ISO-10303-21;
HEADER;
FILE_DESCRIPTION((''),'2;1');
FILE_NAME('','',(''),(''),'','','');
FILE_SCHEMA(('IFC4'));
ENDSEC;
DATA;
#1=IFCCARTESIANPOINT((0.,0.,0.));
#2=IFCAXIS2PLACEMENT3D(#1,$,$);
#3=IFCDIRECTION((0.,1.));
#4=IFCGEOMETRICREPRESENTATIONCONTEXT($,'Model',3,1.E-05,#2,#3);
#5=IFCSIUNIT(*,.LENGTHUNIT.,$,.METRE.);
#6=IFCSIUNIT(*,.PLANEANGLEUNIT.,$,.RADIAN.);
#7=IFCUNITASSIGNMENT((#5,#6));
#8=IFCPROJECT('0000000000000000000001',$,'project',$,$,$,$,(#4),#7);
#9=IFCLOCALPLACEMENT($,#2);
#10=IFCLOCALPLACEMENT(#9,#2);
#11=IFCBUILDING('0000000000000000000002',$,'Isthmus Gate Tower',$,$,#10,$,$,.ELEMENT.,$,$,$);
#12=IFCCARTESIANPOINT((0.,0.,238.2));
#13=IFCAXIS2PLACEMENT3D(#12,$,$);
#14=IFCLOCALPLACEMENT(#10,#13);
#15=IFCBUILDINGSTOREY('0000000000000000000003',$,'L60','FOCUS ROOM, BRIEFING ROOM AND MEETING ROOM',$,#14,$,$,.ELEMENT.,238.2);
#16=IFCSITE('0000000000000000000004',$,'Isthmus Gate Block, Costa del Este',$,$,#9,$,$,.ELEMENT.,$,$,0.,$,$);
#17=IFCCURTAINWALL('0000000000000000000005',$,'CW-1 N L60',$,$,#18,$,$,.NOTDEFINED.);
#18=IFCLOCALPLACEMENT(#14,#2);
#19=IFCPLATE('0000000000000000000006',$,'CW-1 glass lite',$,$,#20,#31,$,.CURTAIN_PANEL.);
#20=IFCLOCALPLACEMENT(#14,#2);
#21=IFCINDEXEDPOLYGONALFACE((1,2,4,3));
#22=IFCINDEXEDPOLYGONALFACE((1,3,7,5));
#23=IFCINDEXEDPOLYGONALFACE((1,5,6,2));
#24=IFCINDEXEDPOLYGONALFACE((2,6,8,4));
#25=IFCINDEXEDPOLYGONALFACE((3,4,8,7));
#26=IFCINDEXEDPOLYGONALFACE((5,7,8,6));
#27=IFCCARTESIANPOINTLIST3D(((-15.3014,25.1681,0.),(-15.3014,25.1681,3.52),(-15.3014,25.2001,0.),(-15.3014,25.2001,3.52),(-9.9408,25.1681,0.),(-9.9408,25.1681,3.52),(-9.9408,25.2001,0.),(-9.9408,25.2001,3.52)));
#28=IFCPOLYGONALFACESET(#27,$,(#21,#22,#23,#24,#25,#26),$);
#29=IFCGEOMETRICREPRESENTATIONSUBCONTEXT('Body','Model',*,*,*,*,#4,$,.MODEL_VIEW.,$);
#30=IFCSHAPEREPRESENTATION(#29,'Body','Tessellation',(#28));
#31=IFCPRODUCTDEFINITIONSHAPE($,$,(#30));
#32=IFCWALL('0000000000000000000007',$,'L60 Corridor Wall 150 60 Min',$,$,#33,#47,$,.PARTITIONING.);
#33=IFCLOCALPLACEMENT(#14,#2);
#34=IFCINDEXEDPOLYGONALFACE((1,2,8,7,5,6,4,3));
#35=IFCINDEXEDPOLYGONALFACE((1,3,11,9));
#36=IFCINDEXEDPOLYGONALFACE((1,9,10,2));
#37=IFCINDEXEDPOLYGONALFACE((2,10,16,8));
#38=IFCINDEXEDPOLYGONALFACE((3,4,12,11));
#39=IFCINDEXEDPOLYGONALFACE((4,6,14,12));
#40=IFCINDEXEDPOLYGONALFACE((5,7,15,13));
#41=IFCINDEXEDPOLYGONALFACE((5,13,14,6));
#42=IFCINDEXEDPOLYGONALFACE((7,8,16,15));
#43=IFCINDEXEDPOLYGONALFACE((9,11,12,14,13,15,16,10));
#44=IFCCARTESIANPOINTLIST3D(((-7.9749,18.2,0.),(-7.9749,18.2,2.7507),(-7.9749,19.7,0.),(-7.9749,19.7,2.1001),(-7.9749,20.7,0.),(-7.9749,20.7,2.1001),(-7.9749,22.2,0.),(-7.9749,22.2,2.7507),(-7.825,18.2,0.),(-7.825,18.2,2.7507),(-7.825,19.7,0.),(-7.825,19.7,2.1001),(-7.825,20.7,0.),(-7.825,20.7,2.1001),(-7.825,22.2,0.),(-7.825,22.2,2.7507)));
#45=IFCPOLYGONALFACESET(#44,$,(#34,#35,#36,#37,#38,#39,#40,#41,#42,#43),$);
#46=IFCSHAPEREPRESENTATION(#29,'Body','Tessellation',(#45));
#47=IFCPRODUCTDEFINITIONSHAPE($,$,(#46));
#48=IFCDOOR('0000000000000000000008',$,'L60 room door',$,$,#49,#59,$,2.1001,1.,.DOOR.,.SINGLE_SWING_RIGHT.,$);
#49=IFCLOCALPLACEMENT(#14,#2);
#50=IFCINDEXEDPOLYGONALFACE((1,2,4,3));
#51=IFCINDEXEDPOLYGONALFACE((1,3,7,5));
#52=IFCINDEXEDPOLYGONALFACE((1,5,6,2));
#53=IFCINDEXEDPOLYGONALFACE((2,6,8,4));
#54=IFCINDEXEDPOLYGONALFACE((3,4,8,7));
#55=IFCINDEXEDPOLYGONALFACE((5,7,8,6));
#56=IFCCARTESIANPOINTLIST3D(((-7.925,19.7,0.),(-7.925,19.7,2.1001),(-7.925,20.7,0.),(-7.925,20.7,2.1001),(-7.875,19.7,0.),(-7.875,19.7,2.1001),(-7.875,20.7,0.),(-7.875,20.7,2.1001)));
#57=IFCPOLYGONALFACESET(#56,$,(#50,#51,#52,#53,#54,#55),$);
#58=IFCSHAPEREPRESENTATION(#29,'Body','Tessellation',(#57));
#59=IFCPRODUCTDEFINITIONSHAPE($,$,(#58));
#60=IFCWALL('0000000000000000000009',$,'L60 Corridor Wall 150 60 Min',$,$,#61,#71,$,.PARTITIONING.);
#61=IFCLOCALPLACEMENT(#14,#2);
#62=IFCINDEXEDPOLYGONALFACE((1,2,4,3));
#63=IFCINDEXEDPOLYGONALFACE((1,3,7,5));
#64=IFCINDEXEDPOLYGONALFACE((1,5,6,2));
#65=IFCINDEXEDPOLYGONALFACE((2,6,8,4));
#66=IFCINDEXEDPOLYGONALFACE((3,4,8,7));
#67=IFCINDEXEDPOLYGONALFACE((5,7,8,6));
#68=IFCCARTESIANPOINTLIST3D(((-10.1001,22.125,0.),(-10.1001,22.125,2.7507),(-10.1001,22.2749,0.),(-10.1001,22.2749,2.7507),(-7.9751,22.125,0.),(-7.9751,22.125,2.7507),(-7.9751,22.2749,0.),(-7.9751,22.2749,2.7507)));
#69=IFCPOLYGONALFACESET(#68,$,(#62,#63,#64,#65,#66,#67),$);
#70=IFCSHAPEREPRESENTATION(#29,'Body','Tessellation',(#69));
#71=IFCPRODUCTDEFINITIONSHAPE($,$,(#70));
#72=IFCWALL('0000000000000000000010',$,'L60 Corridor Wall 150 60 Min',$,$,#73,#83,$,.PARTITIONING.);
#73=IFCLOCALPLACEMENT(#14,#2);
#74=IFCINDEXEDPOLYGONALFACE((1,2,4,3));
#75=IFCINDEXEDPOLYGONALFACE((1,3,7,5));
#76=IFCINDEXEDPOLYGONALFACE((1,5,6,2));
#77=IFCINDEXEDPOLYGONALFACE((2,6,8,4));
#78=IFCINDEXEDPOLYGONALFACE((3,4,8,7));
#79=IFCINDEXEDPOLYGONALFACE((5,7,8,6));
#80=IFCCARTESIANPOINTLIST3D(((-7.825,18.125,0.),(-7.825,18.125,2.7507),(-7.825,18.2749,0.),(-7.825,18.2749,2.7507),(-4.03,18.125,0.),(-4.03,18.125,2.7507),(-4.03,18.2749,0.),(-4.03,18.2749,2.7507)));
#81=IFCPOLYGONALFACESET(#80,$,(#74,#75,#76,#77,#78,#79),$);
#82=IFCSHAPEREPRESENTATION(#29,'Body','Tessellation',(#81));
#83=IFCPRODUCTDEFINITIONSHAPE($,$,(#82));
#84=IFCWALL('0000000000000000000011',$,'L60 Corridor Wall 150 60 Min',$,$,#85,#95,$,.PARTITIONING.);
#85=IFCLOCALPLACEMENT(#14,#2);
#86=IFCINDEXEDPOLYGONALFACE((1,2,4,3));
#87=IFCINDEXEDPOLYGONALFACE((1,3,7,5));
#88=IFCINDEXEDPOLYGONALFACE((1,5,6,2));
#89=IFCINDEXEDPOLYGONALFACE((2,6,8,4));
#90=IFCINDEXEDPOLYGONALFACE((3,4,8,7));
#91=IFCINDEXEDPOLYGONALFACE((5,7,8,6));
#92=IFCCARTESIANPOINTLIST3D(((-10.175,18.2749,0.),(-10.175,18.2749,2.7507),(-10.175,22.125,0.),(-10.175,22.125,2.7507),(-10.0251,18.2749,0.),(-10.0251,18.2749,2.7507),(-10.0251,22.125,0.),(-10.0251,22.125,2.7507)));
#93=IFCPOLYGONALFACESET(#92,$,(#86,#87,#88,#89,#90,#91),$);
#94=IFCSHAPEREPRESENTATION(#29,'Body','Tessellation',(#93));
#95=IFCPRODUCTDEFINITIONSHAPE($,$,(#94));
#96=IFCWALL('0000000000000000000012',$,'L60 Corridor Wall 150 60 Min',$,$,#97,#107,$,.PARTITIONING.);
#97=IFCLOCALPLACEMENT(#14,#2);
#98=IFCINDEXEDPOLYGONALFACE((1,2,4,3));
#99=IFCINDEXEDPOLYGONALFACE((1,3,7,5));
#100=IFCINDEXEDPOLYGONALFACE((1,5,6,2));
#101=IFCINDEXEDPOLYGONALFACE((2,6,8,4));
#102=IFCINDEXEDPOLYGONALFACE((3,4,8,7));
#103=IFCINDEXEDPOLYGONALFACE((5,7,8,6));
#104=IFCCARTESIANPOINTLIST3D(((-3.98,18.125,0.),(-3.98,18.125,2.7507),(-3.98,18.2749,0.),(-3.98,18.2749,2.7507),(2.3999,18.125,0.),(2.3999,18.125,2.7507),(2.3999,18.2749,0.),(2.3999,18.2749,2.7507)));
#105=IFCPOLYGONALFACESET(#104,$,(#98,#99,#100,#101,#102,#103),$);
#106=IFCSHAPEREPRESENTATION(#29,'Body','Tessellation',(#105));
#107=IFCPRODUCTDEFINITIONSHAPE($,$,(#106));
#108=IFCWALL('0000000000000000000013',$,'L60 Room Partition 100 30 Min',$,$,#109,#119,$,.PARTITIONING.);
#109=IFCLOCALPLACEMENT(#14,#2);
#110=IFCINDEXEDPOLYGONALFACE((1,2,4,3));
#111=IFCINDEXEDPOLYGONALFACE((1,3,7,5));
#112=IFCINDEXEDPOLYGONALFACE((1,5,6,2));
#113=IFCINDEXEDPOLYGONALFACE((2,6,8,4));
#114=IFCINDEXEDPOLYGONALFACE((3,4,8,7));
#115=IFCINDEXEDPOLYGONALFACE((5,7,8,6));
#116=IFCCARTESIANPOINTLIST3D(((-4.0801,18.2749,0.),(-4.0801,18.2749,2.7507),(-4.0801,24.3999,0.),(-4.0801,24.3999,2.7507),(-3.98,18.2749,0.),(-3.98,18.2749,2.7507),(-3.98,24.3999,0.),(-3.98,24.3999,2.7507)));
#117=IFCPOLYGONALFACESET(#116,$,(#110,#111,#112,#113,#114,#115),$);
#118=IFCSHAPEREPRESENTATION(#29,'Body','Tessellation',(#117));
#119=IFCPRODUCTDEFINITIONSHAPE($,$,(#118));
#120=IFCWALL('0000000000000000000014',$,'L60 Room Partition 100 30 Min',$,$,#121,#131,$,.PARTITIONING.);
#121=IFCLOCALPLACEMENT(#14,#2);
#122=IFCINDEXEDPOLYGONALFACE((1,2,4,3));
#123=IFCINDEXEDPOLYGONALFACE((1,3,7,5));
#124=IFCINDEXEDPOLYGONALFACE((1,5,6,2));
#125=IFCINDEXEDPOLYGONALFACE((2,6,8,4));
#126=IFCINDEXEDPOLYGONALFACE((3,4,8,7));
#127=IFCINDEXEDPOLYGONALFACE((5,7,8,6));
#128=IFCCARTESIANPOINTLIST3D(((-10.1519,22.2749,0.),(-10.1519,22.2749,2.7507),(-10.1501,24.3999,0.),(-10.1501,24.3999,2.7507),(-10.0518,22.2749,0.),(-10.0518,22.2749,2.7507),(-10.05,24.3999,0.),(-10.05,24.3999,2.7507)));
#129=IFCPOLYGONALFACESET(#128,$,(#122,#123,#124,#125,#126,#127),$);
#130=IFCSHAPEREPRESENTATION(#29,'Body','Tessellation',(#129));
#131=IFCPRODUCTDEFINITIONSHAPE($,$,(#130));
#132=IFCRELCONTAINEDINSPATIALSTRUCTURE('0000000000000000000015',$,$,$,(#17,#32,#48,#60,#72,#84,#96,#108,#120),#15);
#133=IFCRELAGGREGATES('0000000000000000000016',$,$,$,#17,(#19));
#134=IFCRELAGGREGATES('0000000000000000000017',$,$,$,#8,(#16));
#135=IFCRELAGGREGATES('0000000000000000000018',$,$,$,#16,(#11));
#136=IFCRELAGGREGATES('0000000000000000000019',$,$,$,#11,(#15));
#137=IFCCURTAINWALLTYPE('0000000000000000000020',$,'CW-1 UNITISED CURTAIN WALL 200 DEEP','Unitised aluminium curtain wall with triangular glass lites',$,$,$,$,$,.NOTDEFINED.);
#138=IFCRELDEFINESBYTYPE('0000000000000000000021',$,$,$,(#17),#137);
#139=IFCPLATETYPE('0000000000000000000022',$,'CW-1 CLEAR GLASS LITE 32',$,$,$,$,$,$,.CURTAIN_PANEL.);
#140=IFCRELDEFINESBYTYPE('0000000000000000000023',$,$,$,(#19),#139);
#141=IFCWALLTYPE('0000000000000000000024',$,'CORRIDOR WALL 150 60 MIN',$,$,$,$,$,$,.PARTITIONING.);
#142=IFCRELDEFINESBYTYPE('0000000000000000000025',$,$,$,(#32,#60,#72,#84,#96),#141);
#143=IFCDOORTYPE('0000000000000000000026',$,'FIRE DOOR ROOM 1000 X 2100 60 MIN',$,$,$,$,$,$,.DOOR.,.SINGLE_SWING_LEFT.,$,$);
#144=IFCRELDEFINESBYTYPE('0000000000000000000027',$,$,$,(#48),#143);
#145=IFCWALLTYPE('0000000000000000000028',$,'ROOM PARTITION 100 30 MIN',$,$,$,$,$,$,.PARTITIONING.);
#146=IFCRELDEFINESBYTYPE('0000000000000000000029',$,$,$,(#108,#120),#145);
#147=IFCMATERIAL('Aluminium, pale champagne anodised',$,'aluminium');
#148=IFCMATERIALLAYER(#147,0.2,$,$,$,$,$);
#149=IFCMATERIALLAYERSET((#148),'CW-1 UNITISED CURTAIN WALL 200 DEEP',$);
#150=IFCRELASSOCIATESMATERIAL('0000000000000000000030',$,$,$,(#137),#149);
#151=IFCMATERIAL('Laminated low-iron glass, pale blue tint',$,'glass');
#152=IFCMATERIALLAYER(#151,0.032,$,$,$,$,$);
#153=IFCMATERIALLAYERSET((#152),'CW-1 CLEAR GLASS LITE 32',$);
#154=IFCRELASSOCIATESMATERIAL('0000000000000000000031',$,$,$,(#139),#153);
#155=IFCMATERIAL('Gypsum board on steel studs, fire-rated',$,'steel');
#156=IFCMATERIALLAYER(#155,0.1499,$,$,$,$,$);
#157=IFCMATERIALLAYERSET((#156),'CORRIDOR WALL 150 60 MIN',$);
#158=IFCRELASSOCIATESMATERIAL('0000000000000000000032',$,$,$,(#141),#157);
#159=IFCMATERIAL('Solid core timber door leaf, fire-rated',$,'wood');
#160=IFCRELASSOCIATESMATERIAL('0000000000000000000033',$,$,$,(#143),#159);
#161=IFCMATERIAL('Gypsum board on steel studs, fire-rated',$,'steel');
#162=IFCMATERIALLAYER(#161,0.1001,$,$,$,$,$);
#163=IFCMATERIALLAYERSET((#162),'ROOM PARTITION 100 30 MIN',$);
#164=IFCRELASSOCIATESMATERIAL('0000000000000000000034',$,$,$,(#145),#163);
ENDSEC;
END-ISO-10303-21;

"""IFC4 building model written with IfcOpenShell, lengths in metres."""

from ifc_helpers import new_model, si_unit, direction, frame, frame_2d, origin, origin_2d, place, context, subcontext, project, spatial, rectangle, extrude, material, layer, layer_set, type_object, element, fill, aggregate, save


model = new_model("IFC4")

# Units and contexts
model_context = context("Model", 3, precision=1e-05, world=origin(), true_north=direction((0.0, 1.0)))
body_context = subcontext(model_context, "Body", "Model", "MODEL_VIEW")
ifc_project = project(units=[si_unit("LENGTHUNIT", "METRE"), si_unit("PLANEANGLEUNIT", "RADIAN")], contexts=[model_context])

# Site, building, storey
site_placement = place(None, origin())
site = spatial("IfcSite", under=ifc_project, at=site_placement, Name="Isthmus Gate Block, Costa del Este", CompositionType="ELEMENT", RefElevation=0.0)
building_placement = place(site_placement, origin())
building = spatial("IfcBuilding", under=site, at=building_placement, Name="Isthmus Gate Tower", CompositionType="ELEMENT")
storey_placement = place(building_placement, frame((0.0, 0.0, 238.2)))
storey = spatial("IfcBuildingStorey", under=building, at=storey_placement, Name="L60", Description="FOCUS ROOM, BRIEFING ROOM AND MEETING ROOM", CompositionType="ELEMENT", Elevation=238.2)

# Curtain wall
ifc_material_1 = material(Name="Aluminium, pale champagne anodised", Category="aluminium")
ifc_layer_1 = layer(ifc_material_1, 0.2)
ifc_layer_set_1 = layer_set([ifc_layer_1], Name="CW-1 UNITISED CURTAIN WALL 200 DEEP")
curtain_wall_type = type_object("IfcCurtainWallType", Name="CW-1 UNITISED CURTAIN WALL 200 DEEP", Description="Unitised aluminium curtain wall with triangular glass lites", PredefinedType="NOTDEFINED", material=ifc_layer_set_1)
curtain_wall_placement = place(storey_placement, origin())
curtain_wall = element("IfcCurtainWall", 1, at=curtain_wall_placement, inside=storey, type_object=curtain_wall_type, Name="CW-1 N L60", PredefinedType="NOTDEFINED")

# Plate
ifc_material_2 = material(Name="Laminated low-iron glass, pale blue tint", Category="glass")
ifc_layer_2 = layer(ifc_material_2, 0.032)
ifc_layer_set_2 = layer_set([ifc_layer_2], Name="CW-1 CLEAR GLASS LITE 32")
plate_type = type_object("IfcPlateType", Name="CW-1 CLEAR GLASS LITE 32", PredefinedType="CURTAIN_PANEL", material=ifc_layer_set_2)
plate_1_placement = place(storey_placement, frame((-12.6211, 25.1841, 0.0), z_axis=(0.0, 0.0, 1.0), x_axis=(-1.0, 0.0, 0.0)))
plate_1 = element("IfcPlate", 2, at=plate_1_placement, type_object=plate_type, Name="CW-1 glass lite", PredefinedType="CURTAIN_PANEL", context=body_context, shape_type="SweptSolid", body=[
    extrude(rectangle(XDim=5.3606, YDim=0.032, at=origin_2d()), origin(), (0.0, 0.0, 1.0), 3.52),
])
aggregate(curtain_wall, [plate_1])

# Wall, opening, door
ifc_material_3 = material(Name="Gypsum board on steel studs, fire-rated", Category="steel")
ifc_layer_3 = layer(ifc_material_3, 0.1499)
ifc_layer_set_3 = layer_set([ifc_layer_3], Name="CORRIDOR WALL 150 60 MIN")
wall_type_1 = type_object("IfcWallType", Name="CORRIDOR WALL 150 60 MIN", PredefinedType="PARTITIONING", material=ifc_layer_set_3)
wall_1_placement = place(storey_placement, frame((-7.8999, 22.2, 0.0), z_axis=(0.0, 0.0, 1.0), x_axis=(0.0, -1.0, 0.0)))
wall_1 = element("IfcWall", 3, at=wall_1_placement, inside=storey, type_object=wall_type_1, Name="L60 Corridor Wall 150 60 Min", PredefinedType="PARTITIONING", context=body_context, shape_type="SweptSolid", body=[
    extrude(rectangle(XDim=4.0, YDim=0.1499, at=frame_2d((2.0, 0.0))), origin(), (0.0, 0.0, 1.0), 2.7507),
])
opening_placement = place(wall_1_placement, frame((1.5, 0.0, 0.0)))
opening = element("IfcOpeningElement", 4, at=opening_placement, cuts=wall_1, PredefinedType="OPENING", context=body_context, shape_type="SweptSolid", body=[
    extrude(rectangle(XDim=1.0, YDim=2.1001, at=frame_2d((0.5, 1.05))), frame((0.0, 0.085, 0.0), z_axis=(0.0, -1.0, 0.0), x_axis=(1.0, 0.0, 0.0)), (0.0, 0.0, 1.0), 0.1699),
])
ifc_material_4 = material(Name="Solid core timber door leaf, fire-rated", Category="wood")
door_type = type_object("IfcDoorType", Name="FIRE DOOR ROOM 1000 X 2100 60 MIN", OperationType="SINGLE_SWING_LEFT", PredefinedType="DOOR", material=ifc_material_4)
door_placement = place(opening_placement, origin())
door = element("IfcDoor", 5, at=door_placement, inside=storey, type_object=door_type, Name="L60 room door", OperationType="SINGLE_SWING_RIGHT", OverallHeight=2.1001, OverallWidth=1.0, PredefinedType="DOOR", context=body_context, shape_type="SweptSolid", body=[
    extrude(rectangle(XDim=1.0, YDim=2.1001, at=frame_2d((0.5, 1.05))), frame((0.0, 0.0249, 0.0), z_axis=(0.0, -1.0, 0.0), x_axis=(1.0, 0.0, 0.0)), (0.0, 0.0, 1.0), 0.05),
])
fill(opening, door)

# Walls
wall_2_placement = place(storey_placement, frame((-10.1001, 22.2, 0.0), z_axis=(0.0, 0.0, 1.0), x_axis=(1.0, 0.0, 0.0)))
element("IfcWall", 6, at=wall_2_placement, inside=storey, type_object=wall_type_1, Name="L60 Corridor Wall 150 60 Min", PredefinedType="PARTITIONING", context=body_context, shape_type="SweptSolid", body=[
    extrude(rectangle(XDim=2.125, YDim=0.1499, at=frame_2d((1.0625, 0.0))), origin(), (0.0, 0.0, 1.0), 2.7507),
])
wall_3_placement = place(storey_placement, frame((-7.825, 18.2, 0.0), z_axis=(0.0, 0.0, 1.0), x_axis=(1.0, 0.0, 0.0)))
element("IfcWall", 7, at=wall_3_placement, inside=storey, type_object=wall_type_1, Name="L60 Corridor Wall 150 60 Min", PredefinedType="PARTITIONING", context=body_context, shape_type="SweptSolid", body=[
    extrude(rectangle(XDim=3.7949, YDim=0.1499, at=frame_2d((1.8975, 0.0))), origin(), (0.0, 0.0, 1.0), 2.7507),
])
wall_4_placement = place(storey_placement, frame((-10.1001, 18.2749, 0.0), z_axis=(0.0, 0.0, 1.0), x_axis=(0.0, 1.0, 0.0)))
element("IfcWall", 8, at=wall_4_placement, inside=storey, type_object=wall_type_1, Name="L60 Corridor Wall 150 60 Min", PredefinedType="PARTITIONING", context=body_context, shape_type="SweptSolid", body=[
    extrude(rectangle(XDim=3.8501, YDim=0.1499, at=frame_2d((1.925, 0.0))), origin(), (0.0, 0.0, 1.0), 2.7507),
])
wall_5_placement = place(storey_placement, frame((-3.98, 18.2, 0.0), z_axis=(0.0, 0.0, 1.0), x_axis=(1.0, 0.0, 0.0)))
element("IfcWall", 9, at=wall_5_placement, inside=storey, type_object=wall_type_1, Name="L60 Corridor Wall 150 60 Min", PredefinedType="PARTITIONING", context=body_context, shape_type="SweptSolid", body=[
    extrude(rectangle(XDim=6.3799, YDim=0.1499, at=frame_2d((3.1899, 0.0))), origin(), (0.0, 0.0, 1.0), 2.7507),
])
ifc_material_5 = material(Name="Gypsum board on steel studs, fire-rated", Category="steel")
ifc_layer_4 = layer(ifc_material_5, 0.1001)
ifc_layer_set_4 = layer_set([ifc_layer_4], Name="ROOM PARTITION 100 30 MIN")
wall_type_2 = type_object("IfcWallType", Name="ROOM PARTITION 100 30 MIN", PredefinedType="PARTITIONING", material=ifc_layer_set_4)
wall_6_placement = place(storey_placement, frame((-4.03, 18.2749, 0.0), z_axis=(0.0, 0.0, 1.0), x_axis=(0.0, 1.0, 0.0)))
element("IfcWall", 10, at=wall_6_placement, inside=storey, type_object=wall_type_2, Name="L60 Room Partition 100 30 Min", PredefinedType="PARTITIONING", context=body_context, shape_type="SweptSolid", body=[
    extrude(rectangle(XDim=6.125, YDim=0.1001, at=frame_2d((3.0625, 0.0))), origin(), (0.0, 0.0, 1.0), 2.7507),
])
wall_7_placement = place(storey_placement, frame((-10.1018, 22.2749, 0.0), z_axis=(0.0, 0.0, 1.0), x_axis=(0.000804, 1.0, 0.0)))
element("IfcWall", 11, at=wall_7_placement, inside=storey, type_object=wall_type_2, Name="L60 Room Partition 100 30 Min", PredefinedType="PARTITIONING", context=body_context, shape_type="SweptSolid", body=[
    extrude(rectangle(XDim=2.125, YDim=0.1001, at=frame_2d((1.0625, 0.0))), origin(), (0.0, 0.0, 1.0), 2.7507),
])

save(model, "model.ifc")
